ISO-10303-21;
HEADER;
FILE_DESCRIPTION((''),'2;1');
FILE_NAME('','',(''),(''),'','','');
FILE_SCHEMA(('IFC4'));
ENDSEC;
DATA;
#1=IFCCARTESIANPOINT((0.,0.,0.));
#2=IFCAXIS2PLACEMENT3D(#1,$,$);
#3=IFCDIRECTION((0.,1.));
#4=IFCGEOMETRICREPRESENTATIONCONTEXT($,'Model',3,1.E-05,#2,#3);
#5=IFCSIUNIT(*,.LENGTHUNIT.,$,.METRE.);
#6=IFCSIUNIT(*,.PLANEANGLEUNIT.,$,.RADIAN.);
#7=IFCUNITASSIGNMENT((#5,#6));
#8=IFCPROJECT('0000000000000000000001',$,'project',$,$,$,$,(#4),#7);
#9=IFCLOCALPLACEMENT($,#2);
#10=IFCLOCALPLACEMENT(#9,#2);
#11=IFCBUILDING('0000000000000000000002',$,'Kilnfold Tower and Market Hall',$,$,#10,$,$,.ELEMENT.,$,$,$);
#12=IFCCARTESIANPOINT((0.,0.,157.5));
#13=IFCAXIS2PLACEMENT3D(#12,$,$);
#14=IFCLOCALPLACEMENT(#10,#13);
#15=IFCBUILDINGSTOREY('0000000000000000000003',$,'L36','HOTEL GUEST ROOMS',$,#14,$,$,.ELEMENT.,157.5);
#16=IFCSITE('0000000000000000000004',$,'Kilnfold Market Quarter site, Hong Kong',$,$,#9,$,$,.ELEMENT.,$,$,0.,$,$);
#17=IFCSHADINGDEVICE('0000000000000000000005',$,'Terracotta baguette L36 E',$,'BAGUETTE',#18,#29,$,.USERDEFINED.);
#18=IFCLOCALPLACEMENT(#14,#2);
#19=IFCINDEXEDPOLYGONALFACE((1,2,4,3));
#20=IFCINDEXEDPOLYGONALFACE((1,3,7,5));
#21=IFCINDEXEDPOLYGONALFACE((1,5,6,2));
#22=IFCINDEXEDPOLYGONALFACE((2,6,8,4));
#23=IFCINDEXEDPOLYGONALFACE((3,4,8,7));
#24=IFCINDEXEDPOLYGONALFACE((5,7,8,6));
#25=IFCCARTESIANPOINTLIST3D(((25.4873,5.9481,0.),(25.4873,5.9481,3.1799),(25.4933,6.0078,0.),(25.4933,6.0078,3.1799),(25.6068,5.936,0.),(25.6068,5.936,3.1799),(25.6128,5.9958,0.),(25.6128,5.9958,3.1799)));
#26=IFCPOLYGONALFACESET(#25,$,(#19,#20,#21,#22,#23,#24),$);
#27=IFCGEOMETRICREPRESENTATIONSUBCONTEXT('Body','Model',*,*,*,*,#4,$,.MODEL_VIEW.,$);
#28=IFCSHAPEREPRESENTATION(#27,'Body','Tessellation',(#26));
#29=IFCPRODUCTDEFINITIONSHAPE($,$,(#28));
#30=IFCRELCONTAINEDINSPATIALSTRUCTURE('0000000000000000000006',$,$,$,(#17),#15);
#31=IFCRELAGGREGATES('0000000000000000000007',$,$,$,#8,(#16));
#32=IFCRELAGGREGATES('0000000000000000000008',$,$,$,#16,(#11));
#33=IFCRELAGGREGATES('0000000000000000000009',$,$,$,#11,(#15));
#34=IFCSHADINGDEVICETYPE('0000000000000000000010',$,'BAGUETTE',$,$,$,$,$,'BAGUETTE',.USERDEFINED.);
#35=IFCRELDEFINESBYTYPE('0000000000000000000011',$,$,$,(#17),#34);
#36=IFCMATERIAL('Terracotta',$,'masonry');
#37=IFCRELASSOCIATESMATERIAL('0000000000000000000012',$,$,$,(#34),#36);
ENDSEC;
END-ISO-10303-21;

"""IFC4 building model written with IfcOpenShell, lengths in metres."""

from ifc_helpers import new_model, si_unit, direction, frame, origin, origin_2d, place, context, subcontext, project, spatial, rectangle, extrude, source, transform, mapped, material, material_profile, profile_set, type_object, element, save


model = new_model("IFC4")

# Units and contexts
model_context = context("Model", 3, precision=1e-05, world=origin(), true_north=direction((0.0, 1.0)))
body_context = subcontext(model_context, "Body", "Model", "MODEL_VIEW")
ifc_project = project(units=[si_unit("LENGTHUNIT", "METRE"), si_unit("PLANEANGLEUNIT", "RADIAN")], contexts=[model_context])

# Site, building, storey
site_placement = place(None, origin())
site = spatial("IfcSite", under=ifc_project, at=site_placement, Name="Kilnfold Market Quarter site, Hong Kong", CompositionType="ELEMENT", RefElevation=0.0)
building_placement = place(site_placement, origin())
building = spatial("IfcBuilding", under=site, at=building_placement, Name="Kilnfold Tower and Market Hall", CompositionType="ELEMENT")
storey_placement = place(building_placement, frame((0.0, 0.0, 157.5)))
storey = spatial("IfcBuildingStorey", under=building, at=storey_placement, Name="L36", Description="HOTEL GUEST ROOMS", CompositionType="ELEMENT", Elevation=157.5)

# Shading device
ifc_material_1 = material(Name="Terracotta", Category="masonry")
ifc_material_profile_1 = material_profile(ifc_material_1, rectangle(XDim=0.0601, YDim=0.1201, at=origin_2d()), Name="BAG 60x120")
ifc_profile_set_1 = profile_set([ifc_material_profile_1], Name="Terracotta")
shading_device_type = type_object("IfcShadingDeviceType", Name="BAGUETTE", ElementType="BAGUETTE", PredefinedType="USERDEFINED", material=ifc_profile_set_1)
shared_shape_1 = source(origin(), body_context, "Body", "SweptSolid", [
    extrude(rectangle(XDim=0.0601, YDim=0.1201, at=origin_2d()), origin(), (0.0, 0.0, 1.0), 3.1799),
])
for number, where, z_axis, x_axis, name in (
    (1, (25.55, 5.9719, 0.0), (0.0, 0.0, 1.0), (0.100421, 0.994945, 0.0), "Terracotta baguette L36 E"),
):
    element("IfcShadingDevice", number, at=place(storey_placement, frame(where, z_axis=z_axis, x_axis=x_axis)), inside=storey, type_object=shading_device_type, Name=name, ObjectType="BAGUETTE", PredefinedType="USERDEFINED", context=body_context, shape_type="MappedRepresentation", body=[
        mapped(shared_shape_1, transform((0.0, 0.0, 0.0))),
    ])

save(model, "model.ifc")
